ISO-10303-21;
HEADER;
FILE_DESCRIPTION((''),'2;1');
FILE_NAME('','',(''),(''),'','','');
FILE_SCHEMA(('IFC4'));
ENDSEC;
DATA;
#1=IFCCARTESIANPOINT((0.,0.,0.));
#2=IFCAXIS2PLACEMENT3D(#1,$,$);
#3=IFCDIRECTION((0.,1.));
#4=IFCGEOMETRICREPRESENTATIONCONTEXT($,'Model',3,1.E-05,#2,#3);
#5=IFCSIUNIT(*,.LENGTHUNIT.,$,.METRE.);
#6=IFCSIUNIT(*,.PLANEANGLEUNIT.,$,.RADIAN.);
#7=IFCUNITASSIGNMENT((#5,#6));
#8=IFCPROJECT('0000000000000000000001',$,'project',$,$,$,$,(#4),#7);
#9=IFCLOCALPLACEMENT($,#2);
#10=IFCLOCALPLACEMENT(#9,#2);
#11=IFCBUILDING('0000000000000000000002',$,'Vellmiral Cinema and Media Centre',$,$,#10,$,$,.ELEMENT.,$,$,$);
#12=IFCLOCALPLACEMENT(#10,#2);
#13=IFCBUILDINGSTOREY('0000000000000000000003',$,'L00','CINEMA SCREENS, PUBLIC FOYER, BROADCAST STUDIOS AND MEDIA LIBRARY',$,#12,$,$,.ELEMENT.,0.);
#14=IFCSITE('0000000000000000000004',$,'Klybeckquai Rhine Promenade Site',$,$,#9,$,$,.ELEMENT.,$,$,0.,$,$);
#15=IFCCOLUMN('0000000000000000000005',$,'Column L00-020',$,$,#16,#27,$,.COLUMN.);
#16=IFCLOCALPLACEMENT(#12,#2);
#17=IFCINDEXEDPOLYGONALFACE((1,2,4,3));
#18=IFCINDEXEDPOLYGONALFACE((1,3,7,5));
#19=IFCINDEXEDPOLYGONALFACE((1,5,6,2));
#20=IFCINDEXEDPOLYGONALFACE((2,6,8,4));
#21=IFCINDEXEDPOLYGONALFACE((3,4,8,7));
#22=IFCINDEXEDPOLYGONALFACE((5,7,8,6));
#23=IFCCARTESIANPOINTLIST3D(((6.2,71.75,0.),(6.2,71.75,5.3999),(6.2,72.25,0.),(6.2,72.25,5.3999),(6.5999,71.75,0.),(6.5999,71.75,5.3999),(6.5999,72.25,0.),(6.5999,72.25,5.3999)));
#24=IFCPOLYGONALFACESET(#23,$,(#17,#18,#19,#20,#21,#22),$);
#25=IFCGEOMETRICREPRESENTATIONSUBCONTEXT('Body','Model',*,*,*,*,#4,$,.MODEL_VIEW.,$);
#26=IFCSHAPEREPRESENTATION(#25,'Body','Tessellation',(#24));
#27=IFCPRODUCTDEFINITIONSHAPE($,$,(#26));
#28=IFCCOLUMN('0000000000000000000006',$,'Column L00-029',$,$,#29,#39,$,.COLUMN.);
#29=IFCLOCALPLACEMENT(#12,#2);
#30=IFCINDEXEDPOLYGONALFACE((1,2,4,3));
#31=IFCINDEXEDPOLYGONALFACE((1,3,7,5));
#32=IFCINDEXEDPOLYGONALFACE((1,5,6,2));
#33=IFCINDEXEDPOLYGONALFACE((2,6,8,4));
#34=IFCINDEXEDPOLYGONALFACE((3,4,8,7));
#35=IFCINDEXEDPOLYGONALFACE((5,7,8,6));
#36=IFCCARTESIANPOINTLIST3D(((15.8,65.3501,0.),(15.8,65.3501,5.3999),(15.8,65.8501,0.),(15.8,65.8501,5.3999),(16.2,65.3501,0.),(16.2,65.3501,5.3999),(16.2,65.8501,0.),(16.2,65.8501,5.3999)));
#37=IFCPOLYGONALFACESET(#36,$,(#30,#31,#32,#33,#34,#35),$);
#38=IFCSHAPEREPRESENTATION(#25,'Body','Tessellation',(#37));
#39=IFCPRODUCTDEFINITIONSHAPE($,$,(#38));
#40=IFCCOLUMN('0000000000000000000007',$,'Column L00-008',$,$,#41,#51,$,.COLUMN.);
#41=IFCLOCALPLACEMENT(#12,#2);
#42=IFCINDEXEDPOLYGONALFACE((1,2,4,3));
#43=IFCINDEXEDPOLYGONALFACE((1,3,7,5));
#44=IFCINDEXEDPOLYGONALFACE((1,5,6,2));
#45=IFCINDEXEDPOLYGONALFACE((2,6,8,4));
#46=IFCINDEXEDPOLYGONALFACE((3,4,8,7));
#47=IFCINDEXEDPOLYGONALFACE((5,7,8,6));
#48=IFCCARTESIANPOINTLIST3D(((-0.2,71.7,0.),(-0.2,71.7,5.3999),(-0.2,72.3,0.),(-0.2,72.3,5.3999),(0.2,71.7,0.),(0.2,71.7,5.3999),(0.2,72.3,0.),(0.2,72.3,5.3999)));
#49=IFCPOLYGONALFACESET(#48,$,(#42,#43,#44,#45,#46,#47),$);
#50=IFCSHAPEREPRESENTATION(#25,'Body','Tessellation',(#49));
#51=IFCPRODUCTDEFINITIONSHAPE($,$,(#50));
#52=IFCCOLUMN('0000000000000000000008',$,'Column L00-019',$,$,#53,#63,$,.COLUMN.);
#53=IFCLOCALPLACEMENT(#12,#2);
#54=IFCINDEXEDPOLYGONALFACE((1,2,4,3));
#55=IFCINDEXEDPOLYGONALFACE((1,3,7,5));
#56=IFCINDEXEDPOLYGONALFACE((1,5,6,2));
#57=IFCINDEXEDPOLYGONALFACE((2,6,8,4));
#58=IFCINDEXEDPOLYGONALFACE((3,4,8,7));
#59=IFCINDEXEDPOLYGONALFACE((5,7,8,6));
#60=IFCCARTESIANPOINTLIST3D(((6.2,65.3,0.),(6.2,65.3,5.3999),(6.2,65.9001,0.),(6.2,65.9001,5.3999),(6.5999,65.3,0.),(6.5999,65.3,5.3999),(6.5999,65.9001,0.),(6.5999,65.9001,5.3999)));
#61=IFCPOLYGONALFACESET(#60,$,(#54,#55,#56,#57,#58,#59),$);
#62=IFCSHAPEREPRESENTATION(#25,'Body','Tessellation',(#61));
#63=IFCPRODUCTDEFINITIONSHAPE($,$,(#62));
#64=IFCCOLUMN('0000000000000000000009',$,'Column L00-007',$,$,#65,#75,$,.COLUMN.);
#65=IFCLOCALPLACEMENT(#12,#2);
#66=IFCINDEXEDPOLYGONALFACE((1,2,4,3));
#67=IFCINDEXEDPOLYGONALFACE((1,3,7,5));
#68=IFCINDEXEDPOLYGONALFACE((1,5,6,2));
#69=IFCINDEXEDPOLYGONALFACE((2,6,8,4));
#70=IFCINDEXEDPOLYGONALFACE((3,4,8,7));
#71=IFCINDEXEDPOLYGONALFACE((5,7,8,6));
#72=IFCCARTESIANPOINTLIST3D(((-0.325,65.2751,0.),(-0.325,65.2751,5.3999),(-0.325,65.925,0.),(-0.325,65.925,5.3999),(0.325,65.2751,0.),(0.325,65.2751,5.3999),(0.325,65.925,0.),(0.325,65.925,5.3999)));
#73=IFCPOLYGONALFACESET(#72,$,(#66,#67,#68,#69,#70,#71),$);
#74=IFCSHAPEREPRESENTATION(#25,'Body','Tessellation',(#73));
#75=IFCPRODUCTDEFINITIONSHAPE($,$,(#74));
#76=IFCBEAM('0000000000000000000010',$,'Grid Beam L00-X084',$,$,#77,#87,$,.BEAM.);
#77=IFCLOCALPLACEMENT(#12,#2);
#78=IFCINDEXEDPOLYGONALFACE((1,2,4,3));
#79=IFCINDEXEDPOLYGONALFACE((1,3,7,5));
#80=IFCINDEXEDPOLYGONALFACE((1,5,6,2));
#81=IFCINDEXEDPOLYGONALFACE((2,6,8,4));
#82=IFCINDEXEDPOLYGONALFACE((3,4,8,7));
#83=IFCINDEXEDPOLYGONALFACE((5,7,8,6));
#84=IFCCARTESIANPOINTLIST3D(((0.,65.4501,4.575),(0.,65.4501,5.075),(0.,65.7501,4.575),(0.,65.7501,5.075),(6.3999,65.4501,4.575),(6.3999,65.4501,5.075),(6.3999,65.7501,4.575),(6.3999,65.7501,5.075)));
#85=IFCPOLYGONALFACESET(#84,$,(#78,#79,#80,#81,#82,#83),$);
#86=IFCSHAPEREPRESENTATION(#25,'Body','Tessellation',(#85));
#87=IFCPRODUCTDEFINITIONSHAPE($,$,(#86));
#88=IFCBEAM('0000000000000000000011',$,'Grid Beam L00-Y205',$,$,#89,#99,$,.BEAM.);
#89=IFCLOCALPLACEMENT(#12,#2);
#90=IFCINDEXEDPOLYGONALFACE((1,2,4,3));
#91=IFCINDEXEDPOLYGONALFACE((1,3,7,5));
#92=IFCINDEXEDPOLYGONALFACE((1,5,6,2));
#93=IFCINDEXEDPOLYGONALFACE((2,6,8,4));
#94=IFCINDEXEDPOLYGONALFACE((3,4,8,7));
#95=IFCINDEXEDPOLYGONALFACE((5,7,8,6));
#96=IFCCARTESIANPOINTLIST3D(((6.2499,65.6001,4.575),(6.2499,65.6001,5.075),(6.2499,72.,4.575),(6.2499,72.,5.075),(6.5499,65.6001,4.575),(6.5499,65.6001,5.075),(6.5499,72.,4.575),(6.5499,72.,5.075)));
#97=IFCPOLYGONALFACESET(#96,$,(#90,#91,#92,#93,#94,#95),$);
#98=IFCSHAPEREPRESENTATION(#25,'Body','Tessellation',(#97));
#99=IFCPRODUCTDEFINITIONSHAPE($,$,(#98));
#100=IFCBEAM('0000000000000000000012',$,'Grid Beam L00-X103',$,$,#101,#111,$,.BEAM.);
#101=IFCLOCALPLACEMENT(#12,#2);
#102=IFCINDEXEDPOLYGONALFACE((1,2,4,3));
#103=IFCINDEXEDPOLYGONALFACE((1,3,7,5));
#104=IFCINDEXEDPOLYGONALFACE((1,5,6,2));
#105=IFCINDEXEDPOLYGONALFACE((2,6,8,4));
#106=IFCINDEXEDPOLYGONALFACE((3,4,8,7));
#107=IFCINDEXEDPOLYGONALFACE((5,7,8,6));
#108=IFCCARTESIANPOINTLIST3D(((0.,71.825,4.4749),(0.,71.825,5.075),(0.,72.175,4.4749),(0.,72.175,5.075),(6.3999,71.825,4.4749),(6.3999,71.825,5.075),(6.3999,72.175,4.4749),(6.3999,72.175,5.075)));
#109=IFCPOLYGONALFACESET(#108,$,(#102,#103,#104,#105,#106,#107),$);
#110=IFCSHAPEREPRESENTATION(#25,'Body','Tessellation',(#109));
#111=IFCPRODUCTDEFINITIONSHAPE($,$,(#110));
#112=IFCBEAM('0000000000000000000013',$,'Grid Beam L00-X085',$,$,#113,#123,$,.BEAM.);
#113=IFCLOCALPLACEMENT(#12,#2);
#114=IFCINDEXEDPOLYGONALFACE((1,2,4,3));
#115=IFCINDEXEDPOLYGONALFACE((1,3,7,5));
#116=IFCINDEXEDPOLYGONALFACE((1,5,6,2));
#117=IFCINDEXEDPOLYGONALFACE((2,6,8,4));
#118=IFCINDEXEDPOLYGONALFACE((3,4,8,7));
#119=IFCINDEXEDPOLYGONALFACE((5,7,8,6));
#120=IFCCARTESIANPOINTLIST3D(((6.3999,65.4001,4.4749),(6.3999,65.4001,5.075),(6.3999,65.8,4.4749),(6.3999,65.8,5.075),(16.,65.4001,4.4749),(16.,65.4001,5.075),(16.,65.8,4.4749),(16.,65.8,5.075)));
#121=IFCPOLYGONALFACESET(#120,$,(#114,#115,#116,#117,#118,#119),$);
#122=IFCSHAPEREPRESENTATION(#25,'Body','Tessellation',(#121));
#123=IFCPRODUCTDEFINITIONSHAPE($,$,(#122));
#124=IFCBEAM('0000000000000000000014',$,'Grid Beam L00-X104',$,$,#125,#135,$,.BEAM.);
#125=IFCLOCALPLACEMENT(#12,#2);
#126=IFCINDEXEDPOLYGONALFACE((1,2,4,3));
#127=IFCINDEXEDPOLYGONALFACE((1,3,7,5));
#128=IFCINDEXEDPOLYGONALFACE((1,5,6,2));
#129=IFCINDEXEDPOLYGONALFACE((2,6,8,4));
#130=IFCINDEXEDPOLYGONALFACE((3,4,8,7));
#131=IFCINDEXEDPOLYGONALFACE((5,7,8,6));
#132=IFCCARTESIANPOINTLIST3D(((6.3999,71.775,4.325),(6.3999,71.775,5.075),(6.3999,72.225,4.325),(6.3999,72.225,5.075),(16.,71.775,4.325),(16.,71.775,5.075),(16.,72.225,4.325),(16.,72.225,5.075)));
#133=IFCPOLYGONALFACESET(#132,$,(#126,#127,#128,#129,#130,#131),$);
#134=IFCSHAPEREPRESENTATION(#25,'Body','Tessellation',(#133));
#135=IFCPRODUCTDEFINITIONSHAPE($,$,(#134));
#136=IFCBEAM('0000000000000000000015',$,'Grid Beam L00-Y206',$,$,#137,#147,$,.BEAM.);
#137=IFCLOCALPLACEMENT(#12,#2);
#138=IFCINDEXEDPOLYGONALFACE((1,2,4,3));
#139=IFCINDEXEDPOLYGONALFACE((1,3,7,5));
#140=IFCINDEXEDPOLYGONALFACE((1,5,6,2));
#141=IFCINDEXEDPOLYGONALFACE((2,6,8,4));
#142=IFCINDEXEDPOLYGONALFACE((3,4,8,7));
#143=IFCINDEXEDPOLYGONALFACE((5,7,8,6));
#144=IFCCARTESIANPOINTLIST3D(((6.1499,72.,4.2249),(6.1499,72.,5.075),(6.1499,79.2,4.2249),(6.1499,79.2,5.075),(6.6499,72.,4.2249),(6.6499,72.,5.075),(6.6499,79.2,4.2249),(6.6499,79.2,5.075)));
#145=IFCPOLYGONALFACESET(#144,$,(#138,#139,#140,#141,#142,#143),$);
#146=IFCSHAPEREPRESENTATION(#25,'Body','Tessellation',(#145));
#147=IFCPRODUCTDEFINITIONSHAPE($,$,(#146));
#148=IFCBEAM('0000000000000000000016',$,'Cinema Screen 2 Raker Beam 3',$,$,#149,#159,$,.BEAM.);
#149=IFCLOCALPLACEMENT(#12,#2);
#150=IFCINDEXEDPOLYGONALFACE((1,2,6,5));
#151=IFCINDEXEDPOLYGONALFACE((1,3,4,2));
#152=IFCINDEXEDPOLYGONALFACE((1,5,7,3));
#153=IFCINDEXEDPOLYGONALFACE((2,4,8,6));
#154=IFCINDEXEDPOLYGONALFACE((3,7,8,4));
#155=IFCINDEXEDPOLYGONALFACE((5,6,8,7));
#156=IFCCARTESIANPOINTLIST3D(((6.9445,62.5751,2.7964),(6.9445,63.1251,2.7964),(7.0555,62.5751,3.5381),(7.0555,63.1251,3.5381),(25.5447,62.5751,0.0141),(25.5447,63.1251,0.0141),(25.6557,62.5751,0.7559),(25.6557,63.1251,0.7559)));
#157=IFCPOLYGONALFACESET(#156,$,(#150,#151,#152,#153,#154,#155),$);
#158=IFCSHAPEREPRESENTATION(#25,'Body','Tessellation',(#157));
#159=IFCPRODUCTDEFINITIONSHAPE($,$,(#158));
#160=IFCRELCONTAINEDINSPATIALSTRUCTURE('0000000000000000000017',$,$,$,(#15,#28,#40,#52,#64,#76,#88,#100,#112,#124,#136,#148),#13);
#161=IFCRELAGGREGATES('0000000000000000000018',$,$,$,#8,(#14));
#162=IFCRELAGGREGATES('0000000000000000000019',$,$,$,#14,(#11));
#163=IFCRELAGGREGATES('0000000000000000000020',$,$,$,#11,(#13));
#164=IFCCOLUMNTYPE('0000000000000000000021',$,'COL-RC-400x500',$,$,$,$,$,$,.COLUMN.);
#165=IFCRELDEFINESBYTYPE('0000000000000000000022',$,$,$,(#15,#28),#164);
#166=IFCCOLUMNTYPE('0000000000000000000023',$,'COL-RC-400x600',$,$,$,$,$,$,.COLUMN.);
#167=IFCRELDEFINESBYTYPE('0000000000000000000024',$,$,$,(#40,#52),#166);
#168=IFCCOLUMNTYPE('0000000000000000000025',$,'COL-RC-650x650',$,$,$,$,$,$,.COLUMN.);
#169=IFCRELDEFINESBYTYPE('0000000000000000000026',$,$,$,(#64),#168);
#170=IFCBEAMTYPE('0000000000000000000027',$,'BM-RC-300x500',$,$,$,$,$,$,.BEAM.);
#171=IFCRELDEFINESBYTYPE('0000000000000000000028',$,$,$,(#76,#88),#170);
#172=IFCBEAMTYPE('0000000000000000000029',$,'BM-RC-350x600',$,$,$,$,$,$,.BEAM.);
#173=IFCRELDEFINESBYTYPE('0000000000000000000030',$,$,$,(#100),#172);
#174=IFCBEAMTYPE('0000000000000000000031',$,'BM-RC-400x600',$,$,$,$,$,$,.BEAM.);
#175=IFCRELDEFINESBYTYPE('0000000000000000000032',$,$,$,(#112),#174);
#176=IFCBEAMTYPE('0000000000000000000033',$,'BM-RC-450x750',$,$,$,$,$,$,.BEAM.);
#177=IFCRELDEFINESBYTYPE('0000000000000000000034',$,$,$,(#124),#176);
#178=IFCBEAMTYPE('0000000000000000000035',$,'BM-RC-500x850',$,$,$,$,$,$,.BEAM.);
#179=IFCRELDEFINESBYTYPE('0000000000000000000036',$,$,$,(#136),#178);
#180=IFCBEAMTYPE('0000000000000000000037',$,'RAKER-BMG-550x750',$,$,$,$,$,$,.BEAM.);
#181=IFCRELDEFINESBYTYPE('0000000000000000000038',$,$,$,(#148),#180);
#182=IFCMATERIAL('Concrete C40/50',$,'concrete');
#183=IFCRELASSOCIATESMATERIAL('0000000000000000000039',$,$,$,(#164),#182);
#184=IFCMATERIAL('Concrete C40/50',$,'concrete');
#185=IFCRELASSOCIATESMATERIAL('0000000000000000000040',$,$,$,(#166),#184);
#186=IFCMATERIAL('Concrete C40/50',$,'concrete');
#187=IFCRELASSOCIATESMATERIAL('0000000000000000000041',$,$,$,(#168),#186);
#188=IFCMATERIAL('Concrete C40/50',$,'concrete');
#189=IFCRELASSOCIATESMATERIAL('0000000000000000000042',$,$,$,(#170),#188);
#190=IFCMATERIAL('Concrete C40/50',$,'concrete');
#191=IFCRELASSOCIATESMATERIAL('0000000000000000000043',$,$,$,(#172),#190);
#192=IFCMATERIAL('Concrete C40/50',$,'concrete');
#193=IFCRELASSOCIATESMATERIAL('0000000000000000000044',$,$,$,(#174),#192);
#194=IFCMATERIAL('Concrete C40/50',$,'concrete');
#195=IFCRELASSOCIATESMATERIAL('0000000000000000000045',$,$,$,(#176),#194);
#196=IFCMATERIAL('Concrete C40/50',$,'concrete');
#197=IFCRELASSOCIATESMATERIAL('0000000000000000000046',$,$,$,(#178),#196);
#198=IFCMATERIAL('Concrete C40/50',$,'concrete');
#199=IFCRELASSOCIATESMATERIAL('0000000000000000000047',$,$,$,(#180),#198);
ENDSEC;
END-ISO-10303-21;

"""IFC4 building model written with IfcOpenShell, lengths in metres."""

from ifc_helpers import new_model, si_unit, direction, frame, origin, origin_2d, place, context, subcontext, project, spatial, rectangle, extrude, material, material_profile, profile_set, type_object, element, save


model = new_model("IFC4")

# Units and contexts
model_context = context("Model", 3, precision=1e-05, world=origin(), true_north=direction((0.0, 1.0)))
body_context = subcontext(model_context, "Body", "Model", "MODEL_VIEW")
ifc_project = project(units=[si_unit("LENGTHUNIT", "METRE"), si_unit("PLANEANGLEUNIT", "RADIAN")], contexts=[model_context])

# Site, building, storey
site_placement = place(None, origin())
site = spatial("IfcSite", under=ifc_project, at=site_placement, Name="Klybeckquai Rhine Promenade Site", CompositionType="ELEMENT", RefElevation=0.0)
building_placement = place(site_placement, origin())
building = spatial("IfcBuilding", under=site, at=building_placement, Name="Vellmiral Cinema and Media Centre", CompositionType="ELEMENT")
storey_placement = place(building_placement, origin())
storey = spatial("IfcBuildingStorey", under=building, at=storey_placement, Name="L00", Description="CINEMA SCREENS, PUBLIC FOYER, BROADCAST STUDIOS AND MEDIA LIBRARY", CompositionType="ELEMENT", Elevation=0.0)

# Columns
ifc_material_1 = material(Name="Concrete C40/50", Category="concrete")
ifc_material_profile_1 = material_profile(ifc_material_1, rectangle(XDim=0.3999, YDim=0.5, at=origin_2d()), Name="RC 400x500")
ifc_profile_set_1 = profile_set([ifc_material_profile_1], Name="Concrete C40/50")
column_type_1 = type_object("IfcColumnType", Name="COL-RC-400x500", PredefinedType="COLUMN", material=ifc_profile_set_1)
for number, where, z_axis, x_axis, name in (
    (1, (6.3999, 72.0, 0.0), (0.0, 0.0, 1.0), (1.0, 0.0, 0.0), "Column L00-020"),
    (2, (16.0, 65.6001, 0.0), (0.0, 0.0, 1.0), (1.0, 0.0, 0.0), "Column L00-029"),
):
    element("IfcColumn", number, at=place(storey_placement, frame(where, z_axis=z_axis, x_axis=x_axis)), inside=storey, type_object=column_type_1, Name=name, PredefinedType="COLUMN", context=body_context, shape_type="SweptSolid", body=[
        extrude(rectangle(XDim=0.3999, YDim=0.5, at=origin_2d()), origin(), (0.0, 0.0, 1.0), 5.3999),
    ])
ifc_material_2 = material(Name="Concrete C40/50", Category="concrete")
ifc_material_profile_2 = material_profile(ifc_material_2, rectangle(XDim=0.3999, YDim=0.6001, at=origin_2d()), Name="RC 400x600")
ifc_profile_set_2 = profile_set([ifc_material_profile_2], Name="Concrete C40/50")
column_type_2 = type_object("IfcColumnType", Name="COL-RC-400x600", PredefinedType="COLUMN", material=ifc_profile_set_2)
for number, where, z_axis, x_axis, name in (
    (3, (0.0, 72.0, 0.0), (0.0, 0.0, 1.0), (1.0, 0.0, 0.0), "Column L00-008"),
    (4, (6.3999, 65.6001, 0.0), (0.0, 0.0, 1.0), (1.0, 0.0, 0.0), "Column L00-019"),
):
    element("IfcColumn", number, at=place(storey_placement, frame(where, z_axis=z_axis, x_axis=x_axis)), inside=storey, type_object=column_type_2, Name=name, PredefinedType="COLUMN", context=body_context, shape_type="SweptSolid", body=[
        extrude(rectangle(XDim=0.3999, YDim=0.6001, at=origin_2d()), origin(), (0.0, 0.0, 1.0), 5.3999),
    ])
ifc_material_3 = material(Name="Concrete C40/50", Category="concrete")
ifc_material_profile_3 = material_profile(ifc_material_3, rectangle(XDim=0.6499, YDim=0.6499, at=origin_2d()), Name="RC 650x650")
ifc_profile_set_3 = profile_set([ifc_material_profile_3], Name="Concrete C40/50")
column_type_3 = type_object("IfcColumnType", Name="COL-RC-650x650", PredefinedType="COLUMN", material=ifc_profile_set_3)
column_placement = place(storey_placement, frame((0.0, 65.6001, 0.0), z_axis=(0.0, 0.0, 1.0), x_axis=(1.0, 0.0, 0.0)))
element("IfcColumn", 5, at=column_placement, inside=storey, type_object=column_type_3, Name="Column L00-007", PredefinedType="COLUMN", context=body_context, shape_type="SweptSolid", body=[
    extrude(rectangle(XDim=0.6499, YDim=0.6499, at=origin_2d()), origin(), (0.0, 0.0, 1.0), 5.3999),
])

# Beams
ifc_material_4 = material(Name="Concrete C40/50", Category="concrete")
ifc_material_profile_4 = material_profile(ifc_material_4, rectangle(XDim=0.3, YDim=0.5, at=origin_2d()), Name="RC 300x500")
ifc_profile_set_4 = profile_set([ifc_material_profile_4], Name="Concrete C40/50")
beam_type_1 = type_object("IfcBeamType", Name="BM-RC-300x500", PredefinedType="BEAM", material=ifc_profile_set_4)
for number, where, z_axis, x_axis, name in (
    (6, (0.0, 65.6001, 4.825), (1.0, 0.0, 0.0), (0.0, 1.0, 0.0), "Grid Beam L00-X084"),
    (7, (6.3999, 65.6001, 4.825), (0.0, 1.0, 0.0), (-1.0, 0.0, 0.0), "Grid Beam L00-Y205"),
):
    element("IfcBeam", number, at=place(storey_placement, frame(where, z_axis=z_axis, x_axis=x_axis)), inside=storey, type_object=beam_type_1, Name=name, PredefinedType="BEAM", context=body_context, shape_type="SweptSolid", body=[
        extrude(rectangle(XDim=0.3, YDim=0.5, at=origin_2d()), origin(), (0.0, 0.0, 1.0), 6.3999),
    ])
ifc_material_5 = material(Name="Concrete C40/50", Category="concrete")
ifc_material_profile_5 = material_profile(ifc_material_5, rectangle(XDim=0.3501, YDim=0.6001, at=origin_2d()), Name="RC 350x600")
ifc_profile_set_5 = profile_set([ifc_material_profile_5], Name="Concrete C40/50")
beam_type_2 = type_object("IfcBeamType", Name="BM-RC-350x600", PredefinedType="BEAM", material=ifc_profile_set_5)
beam_1_placement = place(storey_placement, frame((0.0, 72.0, 4.7749), z_axis=(1.0, 0.0, 0.0), x_axis=(0.0, 1.0, 0.0)))
element("IfcBeam", 8, at=beam_1_placement, inside=storey, type_object=beam_type_2, Name="Grid Beam L00-X103", PredefinedType="BEAM", context=body_context, shape_type="SweptSolid", body=[
    extrude(rectangle(XDim=0.3501, YDim=0.6001, at=origin_2d()), origin(), (0.0, 0.0, 1.0), 6.3999),
])
ifc_material_6 = material(Name="Concrete C40/50", Category="concrete")
ifc_material_profile_6 = material_profile(ifc_material_6, rectangle(XDim=0.3999, YDim=0.6001, at=origin_2d()), Name="RC 400x600")
ifc_profile_set_6 = profile_set([ifc_material_profile_6], Name="Concrete C40/50")
beam_type_3 = type_object("IfcBeamType", Name="BM-RC-400x600", PredefinedType="BEAM", material=ifc_profile_set_6)
beam_2_placement = place(storey_placement, frame((6.3999, 65.6001, 4.7749), z_axis=(1.0, 0.0, 0.0), x_axis=(0.0, 1.0, 0.0)))
element("IfcBeam", 9, at=beam_2_placement, inside=storey, type_object=beam_type_3, Name="Grid Beam L00-X085", PredefinedType="BEAM", context=body_context, shape_type="SweptSolid", body=[
    extrude(rectangle(XDim=0.3999, YDim=0.6001, at=origin_2d()), origin(), (0.0, 0.0, 1.0), 9.6001),
])
ifc_material_7 = material(Name="Concrete C40/50", Category="concrete")
ifc_material_profile_7 = material_profile(ifc_material_7, rectangle(XDim=0.45, YDim=0.75, at=origin_2d()), Name="RC 450x750")
ifc_profile_set_7 = profile_set([ifc_material_profile_7], Name="Concrete C40/50")
beam_type_4 = type_object("IfcBeamType", Name="BM-RC-450x750", PredefinedType="BEAM", material=ifc_profile_set_7)
beam_3_placement = place(storey_placement, frame((6.3999, 72.0, 4.7), z_axis=(1.0, 0.0, 0.0), x_axis=(0.0, 1.0, 0.0)))
element("IfcBeam", 10, at=beam_3_placement, inside=storey, type_object=beam_type_4, Name="Grid Beam L00-X104", PredefinedType="BEAM", context=body_context, shape_type="SweptSolid", body=[
    extrude(rectangle(XDim=0.45, YDim=0.75, at=origin_2d()), origin(), (0.0, 0.0, 1.0), 9.6001),
])
ifc_material_8 = material(Name="Concrete C40/50", Category="concrete")
ifc_material_profile_8 = material_profile(ifc_material_8, rectangle(XDim=0.5, YDim=0.8501, at=origin_2d()), Name="RC 500x850")
ifc_profile_set_8 = profile_set([ifc_material_profile_8], Name="Concrete C40/50")
beam_type_5 = type_object("IfcBeamType", Name="BM-RC-500x850", PredefinedType="BEAM", material=ifc_profile_set_8)
beam_4_placement = place(storey_placement, frame((6.3999, 72.0, 4.6499), z_axis=(0.0, 1.0, 0.0), x_axis=(-1.0, 0.0, 0.0)))
element("IfcBeam", 11, at=beam_4_placement, inside=storey, type_object=beam_type_5, Name="Grid Beam L00-Y206", PredefinedType="BEAM", context=body_context, shape_type="SweptSolid", body=[
    extrude(rectangle(XDim=0.5, YDim=0.8501, at=origin_2d()), origin(), (0.0, 0.0, 1.0), 7.2),
])
ifc_material_9 = material(Name="Concrete C40/50", Category="concrete")
ifc_material_profile_9 = material_profile(ifc_material_9, rectangle(XDim=0.55, YDim=0.75, at=origin_2d()), Name="RC 550x750")
ifc_profile_set_9 = profile_set([ifc_material_profile_9], Name="Concrete C40/50")
beam_type_6 = type_object("IfcBeamType", Name="RAKER-BMG-550x750", PredefinedType="BEAM", material=ifc_profile_set_9)
beam_5_placement = place(storey_placement, frame((7.0, 62.8501, 3.1672), z_axis=(0.988997, 0.0, -0.147935), x_axis=(0.0, 1.0, 0.0)))
element("IfcBeam", 12, at=beam_5_placement, inside=storey, type_object=beam_type_6, Name="Cinema Screen 2 Raker Beam 3", PredefinedType="BEAM", context=body_context, shape_type="SweptSolid", body=[
    extrude(rectangle(XDim=0.55, YDim=0.75, at=origin_2d()), origin(), (0.0, 0.0, 1.0), 18.8071),
])

save(model, "model.ifc")
